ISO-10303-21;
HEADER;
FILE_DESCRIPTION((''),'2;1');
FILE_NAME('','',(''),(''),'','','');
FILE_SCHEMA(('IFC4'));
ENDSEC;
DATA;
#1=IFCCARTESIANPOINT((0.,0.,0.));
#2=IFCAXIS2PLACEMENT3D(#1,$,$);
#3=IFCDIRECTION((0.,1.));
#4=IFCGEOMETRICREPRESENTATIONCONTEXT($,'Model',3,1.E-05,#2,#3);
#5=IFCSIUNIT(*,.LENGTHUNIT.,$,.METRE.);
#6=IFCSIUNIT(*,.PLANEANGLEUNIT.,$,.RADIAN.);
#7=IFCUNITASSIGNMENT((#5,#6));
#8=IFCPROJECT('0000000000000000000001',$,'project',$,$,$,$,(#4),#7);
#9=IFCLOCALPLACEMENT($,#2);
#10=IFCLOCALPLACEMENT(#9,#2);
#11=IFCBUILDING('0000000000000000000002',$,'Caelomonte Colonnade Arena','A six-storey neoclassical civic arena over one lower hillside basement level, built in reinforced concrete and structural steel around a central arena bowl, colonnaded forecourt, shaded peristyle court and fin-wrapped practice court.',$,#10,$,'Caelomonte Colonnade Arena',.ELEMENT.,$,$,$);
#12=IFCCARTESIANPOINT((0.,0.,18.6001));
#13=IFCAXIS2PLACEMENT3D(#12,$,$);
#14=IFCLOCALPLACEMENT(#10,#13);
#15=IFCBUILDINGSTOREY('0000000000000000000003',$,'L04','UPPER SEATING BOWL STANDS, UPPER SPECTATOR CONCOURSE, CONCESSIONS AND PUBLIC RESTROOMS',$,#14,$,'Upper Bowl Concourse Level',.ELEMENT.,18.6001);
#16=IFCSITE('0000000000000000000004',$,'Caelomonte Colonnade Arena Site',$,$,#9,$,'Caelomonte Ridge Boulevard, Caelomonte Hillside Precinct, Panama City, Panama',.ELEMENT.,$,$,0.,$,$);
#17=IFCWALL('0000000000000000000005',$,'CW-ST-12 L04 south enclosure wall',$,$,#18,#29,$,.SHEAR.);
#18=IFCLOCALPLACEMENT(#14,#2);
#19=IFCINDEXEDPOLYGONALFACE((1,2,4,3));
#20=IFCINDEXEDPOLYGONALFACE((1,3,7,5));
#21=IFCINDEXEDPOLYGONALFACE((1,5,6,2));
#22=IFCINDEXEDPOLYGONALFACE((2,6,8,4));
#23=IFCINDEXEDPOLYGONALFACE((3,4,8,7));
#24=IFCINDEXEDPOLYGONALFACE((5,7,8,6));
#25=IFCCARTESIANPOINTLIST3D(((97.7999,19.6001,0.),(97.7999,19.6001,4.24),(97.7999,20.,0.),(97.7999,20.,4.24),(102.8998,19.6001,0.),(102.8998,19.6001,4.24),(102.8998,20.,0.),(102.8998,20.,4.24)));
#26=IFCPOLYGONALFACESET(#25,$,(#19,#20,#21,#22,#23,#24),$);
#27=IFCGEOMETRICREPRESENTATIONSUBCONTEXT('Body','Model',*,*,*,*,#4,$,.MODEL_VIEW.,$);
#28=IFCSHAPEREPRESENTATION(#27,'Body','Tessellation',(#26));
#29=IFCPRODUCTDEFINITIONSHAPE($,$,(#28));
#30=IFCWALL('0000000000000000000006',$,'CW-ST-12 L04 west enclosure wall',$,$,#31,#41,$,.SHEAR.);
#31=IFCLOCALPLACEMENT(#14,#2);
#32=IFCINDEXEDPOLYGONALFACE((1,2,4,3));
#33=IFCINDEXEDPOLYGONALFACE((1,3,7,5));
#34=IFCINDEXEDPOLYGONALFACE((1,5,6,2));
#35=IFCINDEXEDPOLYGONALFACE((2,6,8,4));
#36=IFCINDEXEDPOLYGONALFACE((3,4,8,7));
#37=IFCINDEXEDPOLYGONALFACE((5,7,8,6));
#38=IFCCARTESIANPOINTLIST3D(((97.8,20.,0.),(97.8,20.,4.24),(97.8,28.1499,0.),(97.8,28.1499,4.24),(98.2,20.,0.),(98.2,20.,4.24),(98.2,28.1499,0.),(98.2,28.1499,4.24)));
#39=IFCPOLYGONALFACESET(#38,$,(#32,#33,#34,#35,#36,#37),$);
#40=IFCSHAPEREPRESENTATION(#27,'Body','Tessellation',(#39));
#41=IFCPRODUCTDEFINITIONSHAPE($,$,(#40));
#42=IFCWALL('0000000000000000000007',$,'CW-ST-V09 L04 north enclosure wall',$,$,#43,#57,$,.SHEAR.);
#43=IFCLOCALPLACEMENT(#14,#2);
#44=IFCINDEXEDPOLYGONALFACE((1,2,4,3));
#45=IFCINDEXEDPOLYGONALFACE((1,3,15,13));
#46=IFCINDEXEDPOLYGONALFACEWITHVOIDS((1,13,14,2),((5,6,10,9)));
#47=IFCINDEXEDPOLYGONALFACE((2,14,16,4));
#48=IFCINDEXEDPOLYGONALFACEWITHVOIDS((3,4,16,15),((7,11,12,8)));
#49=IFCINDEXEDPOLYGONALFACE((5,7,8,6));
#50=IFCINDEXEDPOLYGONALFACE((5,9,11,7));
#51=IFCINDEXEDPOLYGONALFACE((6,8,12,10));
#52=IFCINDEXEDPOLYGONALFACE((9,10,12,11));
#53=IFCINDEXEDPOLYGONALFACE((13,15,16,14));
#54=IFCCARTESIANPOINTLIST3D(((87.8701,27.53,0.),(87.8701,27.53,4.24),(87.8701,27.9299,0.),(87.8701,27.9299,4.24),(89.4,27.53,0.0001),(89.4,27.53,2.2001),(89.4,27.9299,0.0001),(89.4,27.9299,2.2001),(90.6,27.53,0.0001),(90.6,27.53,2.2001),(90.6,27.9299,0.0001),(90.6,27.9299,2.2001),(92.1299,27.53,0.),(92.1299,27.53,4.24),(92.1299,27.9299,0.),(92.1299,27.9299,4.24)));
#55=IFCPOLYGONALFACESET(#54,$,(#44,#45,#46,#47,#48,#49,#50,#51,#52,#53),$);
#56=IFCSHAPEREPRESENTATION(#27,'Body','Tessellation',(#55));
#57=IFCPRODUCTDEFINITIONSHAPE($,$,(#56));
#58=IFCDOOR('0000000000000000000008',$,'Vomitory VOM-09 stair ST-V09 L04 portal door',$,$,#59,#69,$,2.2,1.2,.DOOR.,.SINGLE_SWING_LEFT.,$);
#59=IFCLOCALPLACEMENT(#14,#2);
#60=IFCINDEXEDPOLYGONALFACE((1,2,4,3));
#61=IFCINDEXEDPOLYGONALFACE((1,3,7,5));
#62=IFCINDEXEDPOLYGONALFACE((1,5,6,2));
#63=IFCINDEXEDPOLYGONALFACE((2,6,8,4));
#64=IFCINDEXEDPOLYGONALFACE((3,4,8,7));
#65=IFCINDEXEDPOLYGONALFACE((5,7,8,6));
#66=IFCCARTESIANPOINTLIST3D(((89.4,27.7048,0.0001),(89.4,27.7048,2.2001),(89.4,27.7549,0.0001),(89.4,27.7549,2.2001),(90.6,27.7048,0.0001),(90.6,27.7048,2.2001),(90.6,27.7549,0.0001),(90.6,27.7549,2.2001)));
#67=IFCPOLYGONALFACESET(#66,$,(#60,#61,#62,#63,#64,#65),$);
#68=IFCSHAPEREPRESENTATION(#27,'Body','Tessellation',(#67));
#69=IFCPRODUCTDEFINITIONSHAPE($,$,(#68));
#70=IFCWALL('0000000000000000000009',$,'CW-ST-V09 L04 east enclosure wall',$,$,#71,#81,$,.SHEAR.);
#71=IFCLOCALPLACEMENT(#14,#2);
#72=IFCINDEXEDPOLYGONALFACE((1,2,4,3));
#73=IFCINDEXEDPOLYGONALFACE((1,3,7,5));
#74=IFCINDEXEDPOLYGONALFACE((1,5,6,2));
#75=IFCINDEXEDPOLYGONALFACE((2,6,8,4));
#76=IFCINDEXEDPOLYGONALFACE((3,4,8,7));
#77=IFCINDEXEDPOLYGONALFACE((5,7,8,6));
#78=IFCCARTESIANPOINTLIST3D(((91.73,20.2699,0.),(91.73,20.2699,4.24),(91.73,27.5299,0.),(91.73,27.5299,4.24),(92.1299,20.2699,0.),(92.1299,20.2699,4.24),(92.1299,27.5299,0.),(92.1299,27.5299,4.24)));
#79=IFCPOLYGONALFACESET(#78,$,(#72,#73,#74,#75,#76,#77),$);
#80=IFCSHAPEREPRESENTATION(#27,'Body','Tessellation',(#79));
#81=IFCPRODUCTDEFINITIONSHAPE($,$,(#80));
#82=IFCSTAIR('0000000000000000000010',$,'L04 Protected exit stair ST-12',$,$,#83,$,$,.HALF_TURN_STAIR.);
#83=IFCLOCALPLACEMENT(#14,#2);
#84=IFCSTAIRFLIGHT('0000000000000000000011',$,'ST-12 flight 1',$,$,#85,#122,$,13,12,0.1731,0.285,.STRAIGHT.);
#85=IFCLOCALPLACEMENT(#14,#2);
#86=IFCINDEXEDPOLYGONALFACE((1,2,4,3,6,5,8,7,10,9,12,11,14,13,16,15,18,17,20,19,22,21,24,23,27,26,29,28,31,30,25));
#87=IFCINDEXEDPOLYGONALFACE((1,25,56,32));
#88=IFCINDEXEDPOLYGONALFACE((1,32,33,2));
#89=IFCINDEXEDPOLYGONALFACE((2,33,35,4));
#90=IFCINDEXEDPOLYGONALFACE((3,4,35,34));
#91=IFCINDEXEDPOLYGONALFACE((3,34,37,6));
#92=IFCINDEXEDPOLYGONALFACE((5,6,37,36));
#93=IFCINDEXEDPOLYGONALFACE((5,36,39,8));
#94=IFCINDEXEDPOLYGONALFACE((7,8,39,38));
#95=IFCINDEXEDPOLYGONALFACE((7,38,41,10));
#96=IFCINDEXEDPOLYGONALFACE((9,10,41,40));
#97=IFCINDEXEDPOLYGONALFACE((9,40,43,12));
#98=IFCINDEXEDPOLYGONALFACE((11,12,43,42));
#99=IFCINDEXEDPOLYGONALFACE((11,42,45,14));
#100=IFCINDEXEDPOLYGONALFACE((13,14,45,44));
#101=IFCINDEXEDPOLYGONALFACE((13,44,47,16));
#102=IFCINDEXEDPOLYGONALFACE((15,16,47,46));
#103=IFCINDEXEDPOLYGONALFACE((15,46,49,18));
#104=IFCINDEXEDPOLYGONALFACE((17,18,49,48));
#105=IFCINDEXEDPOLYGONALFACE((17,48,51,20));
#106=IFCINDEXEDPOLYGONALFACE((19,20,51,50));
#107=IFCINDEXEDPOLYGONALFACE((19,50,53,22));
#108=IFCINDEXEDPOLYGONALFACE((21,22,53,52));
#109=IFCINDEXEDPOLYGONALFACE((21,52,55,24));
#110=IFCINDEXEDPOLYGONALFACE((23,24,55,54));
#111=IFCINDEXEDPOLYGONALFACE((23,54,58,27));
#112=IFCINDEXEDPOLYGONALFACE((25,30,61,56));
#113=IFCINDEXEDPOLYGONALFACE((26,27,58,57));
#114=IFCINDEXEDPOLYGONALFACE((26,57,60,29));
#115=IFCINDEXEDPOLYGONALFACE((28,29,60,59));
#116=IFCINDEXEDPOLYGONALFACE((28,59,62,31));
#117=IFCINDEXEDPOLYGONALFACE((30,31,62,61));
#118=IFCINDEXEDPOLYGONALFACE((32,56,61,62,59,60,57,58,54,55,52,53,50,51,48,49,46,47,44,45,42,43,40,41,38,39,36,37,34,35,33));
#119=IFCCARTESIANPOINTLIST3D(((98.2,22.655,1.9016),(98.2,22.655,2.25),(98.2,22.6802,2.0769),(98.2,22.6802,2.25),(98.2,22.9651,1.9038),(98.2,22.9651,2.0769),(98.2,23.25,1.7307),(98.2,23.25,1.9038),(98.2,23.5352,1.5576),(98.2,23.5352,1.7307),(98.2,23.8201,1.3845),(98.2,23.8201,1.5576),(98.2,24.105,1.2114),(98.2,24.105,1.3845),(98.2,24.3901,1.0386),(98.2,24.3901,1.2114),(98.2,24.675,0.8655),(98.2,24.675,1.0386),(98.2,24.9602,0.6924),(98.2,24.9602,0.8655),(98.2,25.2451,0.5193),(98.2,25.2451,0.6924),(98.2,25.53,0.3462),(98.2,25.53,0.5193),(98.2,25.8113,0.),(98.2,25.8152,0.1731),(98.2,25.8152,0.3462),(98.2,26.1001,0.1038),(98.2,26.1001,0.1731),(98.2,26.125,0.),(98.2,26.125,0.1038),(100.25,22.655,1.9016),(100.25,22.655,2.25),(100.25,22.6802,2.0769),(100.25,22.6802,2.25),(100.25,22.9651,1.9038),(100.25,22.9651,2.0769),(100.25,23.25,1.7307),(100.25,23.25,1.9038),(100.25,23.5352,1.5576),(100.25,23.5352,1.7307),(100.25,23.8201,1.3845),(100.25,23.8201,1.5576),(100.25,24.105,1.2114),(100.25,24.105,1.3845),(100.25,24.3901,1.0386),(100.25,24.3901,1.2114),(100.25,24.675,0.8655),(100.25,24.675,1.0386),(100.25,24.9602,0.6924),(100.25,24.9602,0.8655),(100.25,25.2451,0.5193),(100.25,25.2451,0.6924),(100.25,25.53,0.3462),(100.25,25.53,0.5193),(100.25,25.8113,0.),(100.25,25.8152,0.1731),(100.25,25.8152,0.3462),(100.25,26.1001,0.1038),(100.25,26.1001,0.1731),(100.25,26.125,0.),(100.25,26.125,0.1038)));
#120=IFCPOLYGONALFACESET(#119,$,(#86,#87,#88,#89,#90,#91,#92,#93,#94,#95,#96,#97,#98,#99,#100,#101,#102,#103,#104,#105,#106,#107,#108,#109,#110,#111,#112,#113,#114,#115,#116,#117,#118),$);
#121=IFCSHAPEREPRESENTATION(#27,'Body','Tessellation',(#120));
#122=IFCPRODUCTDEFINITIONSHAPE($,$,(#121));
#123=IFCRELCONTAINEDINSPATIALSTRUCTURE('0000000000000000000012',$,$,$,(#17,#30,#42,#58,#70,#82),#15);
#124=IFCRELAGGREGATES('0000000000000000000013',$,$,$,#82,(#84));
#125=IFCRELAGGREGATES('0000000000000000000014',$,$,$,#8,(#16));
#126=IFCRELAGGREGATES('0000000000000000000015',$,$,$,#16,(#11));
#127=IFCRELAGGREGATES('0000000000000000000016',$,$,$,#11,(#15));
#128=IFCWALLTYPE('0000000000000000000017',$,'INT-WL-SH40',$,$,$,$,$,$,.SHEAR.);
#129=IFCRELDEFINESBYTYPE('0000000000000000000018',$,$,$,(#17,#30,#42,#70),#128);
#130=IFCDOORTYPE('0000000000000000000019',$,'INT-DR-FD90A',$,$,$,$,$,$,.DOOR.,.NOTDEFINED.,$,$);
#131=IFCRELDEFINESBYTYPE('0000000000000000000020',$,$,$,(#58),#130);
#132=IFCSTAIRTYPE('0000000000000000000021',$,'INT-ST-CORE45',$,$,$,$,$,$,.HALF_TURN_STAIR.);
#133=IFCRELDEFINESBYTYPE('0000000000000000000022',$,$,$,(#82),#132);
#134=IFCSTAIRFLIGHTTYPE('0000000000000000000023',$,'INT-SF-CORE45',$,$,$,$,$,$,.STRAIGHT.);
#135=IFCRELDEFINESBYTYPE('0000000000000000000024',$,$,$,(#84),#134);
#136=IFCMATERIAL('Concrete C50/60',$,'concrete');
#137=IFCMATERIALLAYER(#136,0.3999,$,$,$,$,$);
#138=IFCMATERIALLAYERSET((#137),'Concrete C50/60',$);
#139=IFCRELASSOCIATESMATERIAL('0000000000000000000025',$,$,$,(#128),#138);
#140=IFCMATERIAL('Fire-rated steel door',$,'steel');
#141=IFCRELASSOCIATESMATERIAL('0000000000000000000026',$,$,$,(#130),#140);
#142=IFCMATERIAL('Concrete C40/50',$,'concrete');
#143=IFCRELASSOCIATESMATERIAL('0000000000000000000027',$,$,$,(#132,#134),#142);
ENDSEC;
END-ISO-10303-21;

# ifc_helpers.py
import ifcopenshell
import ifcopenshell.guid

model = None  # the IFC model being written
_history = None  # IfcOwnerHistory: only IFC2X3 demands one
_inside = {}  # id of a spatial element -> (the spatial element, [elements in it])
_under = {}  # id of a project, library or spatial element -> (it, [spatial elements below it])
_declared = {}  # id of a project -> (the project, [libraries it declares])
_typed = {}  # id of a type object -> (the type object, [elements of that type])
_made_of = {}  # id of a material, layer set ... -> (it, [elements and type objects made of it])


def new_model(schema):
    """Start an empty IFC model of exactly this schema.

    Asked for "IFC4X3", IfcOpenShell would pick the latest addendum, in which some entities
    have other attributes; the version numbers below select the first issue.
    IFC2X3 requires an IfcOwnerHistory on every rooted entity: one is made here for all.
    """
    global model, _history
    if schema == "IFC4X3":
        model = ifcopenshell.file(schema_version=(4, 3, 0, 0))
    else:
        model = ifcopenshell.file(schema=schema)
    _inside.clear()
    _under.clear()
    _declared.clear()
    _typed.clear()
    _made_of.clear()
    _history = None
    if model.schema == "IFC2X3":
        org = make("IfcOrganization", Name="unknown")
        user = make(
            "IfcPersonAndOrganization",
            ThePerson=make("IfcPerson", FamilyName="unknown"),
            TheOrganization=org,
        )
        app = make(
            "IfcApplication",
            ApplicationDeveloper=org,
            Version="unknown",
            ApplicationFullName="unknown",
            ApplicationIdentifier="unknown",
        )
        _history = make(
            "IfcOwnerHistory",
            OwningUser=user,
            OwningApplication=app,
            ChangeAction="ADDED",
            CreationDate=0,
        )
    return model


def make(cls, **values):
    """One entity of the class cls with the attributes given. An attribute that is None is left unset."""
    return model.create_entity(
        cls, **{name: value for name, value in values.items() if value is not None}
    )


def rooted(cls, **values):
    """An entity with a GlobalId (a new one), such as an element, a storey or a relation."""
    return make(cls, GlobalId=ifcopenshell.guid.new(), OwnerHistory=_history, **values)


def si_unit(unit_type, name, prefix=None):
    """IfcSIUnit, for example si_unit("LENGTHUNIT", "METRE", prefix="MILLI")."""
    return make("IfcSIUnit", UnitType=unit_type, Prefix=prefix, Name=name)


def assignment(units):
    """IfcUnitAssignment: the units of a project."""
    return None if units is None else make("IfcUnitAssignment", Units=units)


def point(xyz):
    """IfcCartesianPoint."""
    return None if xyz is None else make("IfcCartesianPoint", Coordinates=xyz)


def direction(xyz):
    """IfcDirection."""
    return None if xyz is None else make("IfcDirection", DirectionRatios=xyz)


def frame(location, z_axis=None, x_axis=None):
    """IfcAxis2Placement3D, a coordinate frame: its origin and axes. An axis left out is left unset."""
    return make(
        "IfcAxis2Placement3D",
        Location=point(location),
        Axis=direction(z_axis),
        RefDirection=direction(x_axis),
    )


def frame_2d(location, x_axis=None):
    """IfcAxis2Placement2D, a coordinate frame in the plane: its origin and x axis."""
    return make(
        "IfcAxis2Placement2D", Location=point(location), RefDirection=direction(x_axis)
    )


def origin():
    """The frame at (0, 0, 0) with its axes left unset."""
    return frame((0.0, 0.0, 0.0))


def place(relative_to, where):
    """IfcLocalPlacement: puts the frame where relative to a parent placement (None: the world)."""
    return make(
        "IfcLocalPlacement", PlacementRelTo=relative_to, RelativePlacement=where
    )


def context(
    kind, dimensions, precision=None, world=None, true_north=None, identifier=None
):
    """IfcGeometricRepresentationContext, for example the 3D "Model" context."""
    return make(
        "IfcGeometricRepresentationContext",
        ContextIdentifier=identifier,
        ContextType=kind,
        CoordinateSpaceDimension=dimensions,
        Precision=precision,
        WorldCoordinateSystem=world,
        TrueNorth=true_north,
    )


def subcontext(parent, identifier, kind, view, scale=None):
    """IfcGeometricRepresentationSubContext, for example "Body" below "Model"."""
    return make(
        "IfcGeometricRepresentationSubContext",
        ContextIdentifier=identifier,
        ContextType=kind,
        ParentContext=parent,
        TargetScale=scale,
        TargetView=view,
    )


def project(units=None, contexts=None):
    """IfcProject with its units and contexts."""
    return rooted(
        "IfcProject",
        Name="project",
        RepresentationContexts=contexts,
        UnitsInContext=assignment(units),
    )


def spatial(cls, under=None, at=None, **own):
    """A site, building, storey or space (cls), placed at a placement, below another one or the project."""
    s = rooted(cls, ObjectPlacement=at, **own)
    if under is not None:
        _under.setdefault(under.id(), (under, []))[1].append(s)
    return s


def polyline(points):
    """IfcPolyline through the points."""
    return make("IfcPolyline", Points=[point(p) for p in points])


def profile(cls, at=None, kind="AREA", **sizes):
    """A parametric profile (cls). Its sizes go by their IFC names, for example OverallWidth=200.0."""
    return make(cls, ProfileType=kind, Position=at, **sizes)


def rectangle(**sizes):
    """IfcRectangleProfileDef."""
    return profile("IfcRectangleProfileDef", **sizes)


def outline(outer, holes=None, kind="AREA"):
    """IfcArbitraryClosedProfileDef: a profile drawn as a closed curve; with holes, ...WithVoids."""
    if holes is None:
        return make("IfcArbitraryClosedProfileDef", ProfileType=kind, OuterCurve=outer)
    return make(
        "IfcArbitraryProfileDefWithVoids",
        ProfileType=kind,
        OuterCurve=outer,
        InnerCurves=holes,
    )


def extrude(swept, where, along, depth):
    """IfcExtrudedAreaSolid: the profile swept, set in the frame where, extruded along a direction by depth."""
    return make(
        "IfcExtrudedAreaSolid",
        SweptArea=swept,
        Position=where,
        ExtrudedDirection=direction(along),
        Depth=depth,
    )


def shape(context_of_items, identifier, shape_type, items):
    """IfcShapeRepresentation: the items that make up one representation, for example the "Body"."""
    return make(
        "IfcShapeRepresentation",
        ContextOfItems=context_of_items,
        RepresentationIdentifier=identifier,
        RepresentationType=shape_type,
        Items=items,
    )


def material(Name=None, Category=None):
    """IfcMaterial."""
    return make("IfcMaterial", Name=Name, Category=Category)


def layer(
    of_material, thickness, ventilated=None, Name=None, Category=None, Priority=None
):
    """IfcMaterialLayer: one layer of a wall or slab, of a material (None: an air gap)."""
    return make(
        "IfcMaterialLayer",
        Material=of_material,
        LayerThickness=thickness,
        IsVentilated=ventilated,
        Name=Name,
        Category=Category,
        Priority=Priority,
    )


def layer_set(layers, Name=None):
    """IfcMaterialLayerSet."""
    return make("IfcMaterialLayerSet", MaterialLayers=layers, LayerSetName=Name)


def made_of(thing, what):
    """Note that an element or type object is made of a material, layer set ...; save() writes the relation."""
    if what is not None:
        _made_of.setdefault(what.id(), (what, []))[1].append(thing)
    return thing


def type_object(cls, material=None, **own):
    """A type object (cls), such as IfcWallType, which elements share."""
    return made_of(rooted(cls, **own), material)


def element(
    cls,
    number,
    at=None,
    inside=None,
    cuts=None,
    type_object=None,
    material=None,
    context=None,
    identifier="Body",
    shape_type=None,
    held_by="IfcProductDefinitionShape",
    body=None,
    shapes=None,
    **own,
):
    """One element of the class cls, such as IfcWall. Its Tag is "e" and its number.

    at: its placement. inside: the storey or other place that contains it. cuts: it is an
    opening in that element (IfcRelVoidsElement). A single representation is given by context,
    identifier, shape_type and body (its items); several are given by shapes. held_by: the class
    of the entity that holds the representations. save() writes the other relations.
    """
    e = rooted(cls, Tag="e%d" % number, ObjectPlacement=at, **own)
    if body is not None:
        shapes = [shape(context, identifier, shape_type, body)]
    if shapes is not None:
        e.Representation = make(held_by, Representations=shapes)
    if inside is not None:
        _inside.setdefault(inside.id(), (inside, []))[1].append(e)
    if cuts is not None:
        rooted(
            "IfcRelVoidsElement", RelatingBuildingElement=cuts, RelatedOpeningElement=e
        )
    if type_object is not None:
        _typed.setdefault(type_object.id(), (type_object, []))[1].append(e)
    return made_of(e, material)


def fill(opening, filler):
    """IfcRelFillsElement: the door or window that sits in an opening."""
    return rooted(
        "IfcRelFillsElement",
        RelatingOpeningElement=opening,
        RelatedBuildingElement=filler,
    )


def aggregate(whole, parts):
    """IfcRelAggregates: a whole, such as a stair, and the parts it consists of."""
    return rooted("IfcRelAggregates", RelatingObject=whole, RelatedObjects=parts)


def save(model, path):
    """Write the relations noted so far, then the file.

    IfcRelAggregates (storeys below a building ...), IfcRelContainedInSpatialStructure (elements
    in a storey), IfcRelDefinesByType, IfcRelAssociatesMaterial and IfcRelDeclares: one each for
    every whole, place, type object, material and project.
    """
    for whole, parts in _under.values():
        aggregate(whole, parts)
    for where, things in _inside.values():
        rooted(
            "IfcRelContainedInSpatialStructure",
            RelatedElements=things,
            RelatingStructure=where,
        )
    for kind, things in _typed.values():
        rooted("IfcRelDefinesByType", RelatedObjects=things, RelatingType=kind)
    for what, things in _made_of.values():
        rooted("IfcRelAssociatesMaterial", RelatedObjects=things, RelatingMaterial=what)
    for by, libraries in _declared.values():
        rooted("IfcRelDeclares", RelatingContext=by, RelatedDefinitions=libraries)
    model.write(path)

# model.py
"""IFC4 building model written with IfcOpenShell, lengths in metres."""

from ifc_helpers import new_model, si_unit, direction, frame, frame_2d, origin, place, context, subcontext, project, spatial, polyline, rectangle, outline, extrude, material, layer, layer_set, type_object, element, fill, aggregate, save


model = new_model("IFC4")

# Units and contexts
model_context = context("Model", 3, precision=1e-05, world=origin(), true_north=direction((0.0, 1.0)))
body_context = subcontext(model_context, "Body", "Model", "MODEL_VIEW")
ifc_project = project(units=[si_unit("LENGTHUNIT", "METRE"), si_unit("PLANEANGLEUNIT", "RADIAN")], contexts=[model_context])

# Site, building, storey
site_placement = place(None, origin())
site = spatial("IfcSite", under=ifc_project, at=site_placement, Name="Caelomonte Colonnade Arena Site", LongName="Caelomonte Ridge Boulevard, Caelomonte Hillside Precinct, Panama City, Panama", CompositionType="ELEMENT", RefElevation=0.0)
building_placement = place(site_placement, origin())
building = spatial("IfcBuilding", under=site, at=building_placement, Name="Caelomonte Colonnade Arena", Description="A six-storey neoclassical civic arena over one lower hillside basement level, built in reinforced concrete and structural steel around a central arena bowl, colonnaded forecourt, shaded peristyle court and fin-wrapped practice court.", LongName="Caelomonte Colonnade Arena", CompositionType="ELEMENT")
storey_placement = place(building_placement, frame((0.0, 0.0, 18.6001)))
storey = spatial("IfcBuildingStorey", under=building, at=storey_placement, Name="L04", Description="UPPER SEATING BOWL STANDS, UPPER SPECTATOR CONCOURSE, CONCESSIONS AND PUBLIC RESTROOMS", LongName="Upper Bowl Concourse Level", CompositionType="ELEMENT", Elevation=18.6001)

# Shared definitions
ifc_material_1 = material(Name="Concrete C40/50", Category="concrete")

# Walls
ifc_material_2 = material(Name="Concrete C50/60", Category="concrete")
ifc_layer_1 = layer(ifc_material_2, 0.3999)
ifc_layer_set_1 = layer_set([ifc_layer_1], Name="Concrete C50/60")
wall_type = type_object("IfcWallType", Name="INT-WL-SH40", PredefinedType="SHEAR", material=ifc_layer_set_1)
wall_1_placement = place(storey_placement, frame((97.8, 19.8, 0.0), z_axis=(0.0, 0.0, 1.0), x_axis=(1.0, 0.0, 0.0)))
element("IfcWall", 1, at=wall_1_placement, inside=storey, type_object=wall_type, Name="CW-ST-12 L04 south enclosure wall", PredefinedType="SHEAR", context=body_context, shape_type="SweptSolid", body=[
    extrude(rectangle(XDim=5.0999, YDim=0.3999, at=frame_2d((2.5498, 0.0))), origin(), (0.0, 0.0, 1.0), 4.24),
])
wall_2_placement = place(storey_placement, frame((98.0, 28.1499, 0.0), z_axis=(0.0, 0.0, 1.0), x_axis=(0.0, -1.0, 0.0)))
element("IfcWall", 2, at=wall_2_placement, inside=storey, type_object=wall_type, Name="CW-ST-12 L04 west enclosure wall", PredefinedType="SHEAR", context=body_context, shape_type="SweptSolid", body=[
    extrude(rectangle(XDim=8.1499, YDim=0.3999, at=frame_2d((4.075, 0.0))), origin(), (0.0, 0.0, 1.0), 4.24),
])

# Wall, opening, door
wall_3_placement = place(storey_placement, frame((92.1299, 27.73, 0.0), z_axis=(0.0, 0.0, 1.0), x_axis=(-1.0, 0.0, 0.0)))
wall_3 = element("IfcWall", 3, at=wall_3_placement, inside=storey, type_object=wall_type, Name="CW-ST-V09 L04 north enclosure wall", PredefinedType="SHEAR", context=body_context, shape_type="SweptSolid", body=[
    extrude(rectangle(XDim=4.2598, YDim=0.3999, at=frame_2d((2.1299, 0.0))), origin(), (0.0, 0.0, 1.0), 4.24),
])
opening_placement = place(wall_3_placement, frame((2.73, 0.0, 0.0), z_axis=(0.0, 0.0, 1.0), x_axis=(-1.0, 0.0, 0.0)))
opening = element("IfcOpeningElement", 4, at=opening_placement, cuts=wall_3, PredefinedType="OPENING", context=body_context, shape_type="SweptSolid", body=[
    extrude(rectangle(XDim=1.2, YDim=2.2, at=frame_2d((0.6001, 1.1001))), frame((0.0, 0.21, 0.0), z_axis=(0.0, -1.0, 0.0), x_axis=(1.0, 0.0, 0.0)), (0.0, 0.0, 1.0), 0.4199),
])
ifc_material_3 = material(Name="Fire-rated steel door", Category="steel")
door_type = type_object("IfcDoorType", Name="INT-DR-FD90A", OperationType="NOTDEFINED", PredefinedType="DOOR", material=ifc_material_3)
door_placement = place(opening_placement, origin())
door = element("IfcDoor", 5, at=door_placement, inside=storey, type_object=door_type, Name="Vomitory VOM-09 stair ST-V09 L04 portal door", OperationType="SINGLE_SWING_LEFT", OverallHeight=2.2, OverallWidth=1.2, PredefinedType="DOOR", context=body_context, shape_type="SweptSolid", body=[
    extrude(rectangle(XDim=1.2, YDim=2.2, at=frame_2d((0.6001, 1.1001))), frame((0.0, 0.0249, 0.0), z_axis=(0.0, -1.0, 0.0), x_axis=(1.0, 0.0, 0.0)), (0.0, 0.0, 1.0), 0.05),
])
fill(opening, door)

# Wall
wall_4_placement = place(storey_placement, frame((91.9299, 20.27, 0.0), z_axis=(0.0, 0.0, 1.0), x_axis=(0.0, 1.0, 0.0)))
element("IfcWall", 6, at=wall_4_placement, inside=storey, type_object=wall_type, Name="CW-ST-V09 L04 east enclosure wall", PredefinedType="SHEAR", context=body_context, shape_type="SweptSolid", body=[
    extrude(rectangle(XDim=7.26, YDim=0.3999, at=frame_2d((3.6299, 0.0))), origin(), (0.0, 0.0, 1.0), 4.24),
])

# Stair, stair flight
stair_type = type_object("IfcStairType", Name="INT-ST-CORE45", PredefinedType="HALF_TURN_STAIR", material=ifc_material_1)
stair_placement = place(storey_placement, origin())
stair = element("IfcStair", 7, at=stair_placement, inside=storey, type_object=stair_type, Name="L04 Protected exit stair ST-12", PredefinedType="HALF_TURN_STAIR")
stair_flight_type = type_object("IfcStairFlightType", Name="INT-SF-CORE45", PredefinedType="STRAIGHT", material=ifc_material_1)
stair_flight_placement = place(storey_placement, frame((99.2251, 26.1001, 0.0), z_axis=(0.0, 0.0, 1.0), x_axis=(0.0, -1.0, 0.0)))
stair_flight = element("IfcStairFlight", 8, at=stair_flight_placement, type_object=stair_flight_type, Name="ST-12 flight 1", NumberOfRisers=13, NumberOfTreads=12, PredefinedType="STRAIGHT", RiserHeight=0.1731, TreadLength=0.285, context=body_context, shape_type="SweptSolid", body=[
    extrude(outline(polyline([(-0.0249, 0.0), (-0.0249, 0.1038), (0.0, 0.1038), (0.0, 0.1731), (0.2849, 0.1731), (0.2849, 0.3462), (0.5701, 0.3462), (0.5701, 0.5193), (0.855, 0.5193), (0.855, 0.6924), (1.1399, 0.6924), (1.1399, 0.8655), (1.425, 0.8655), (1.425, 1.0386), (1.71, 1.0386), (1.71, 1.2114), (1.9951, 1.2114), (1.9951, 1.3845), (2.28, 1.3845), (2.28, 1.5576), (2.5649, 1.5576), (2.5649, 1.7307), (2.8501, 1.7307), (2.8501, 1.9038), (3.135, 1.9038), (3.135, 2.0769), (3.4199, 2.0769), (3.4199, 2.25), (3.4451, 2.25), (3.4451, 1.9016), (0.2888, 0.0), (-0.0249, 0.0)])), frame((0.0, 1.0249, 0.0), z_axis=(0.0, -1.0, 0.0), x_axis=(1.0, 0.0, 0.0)), (0.0, 0.0, 1.0), 2.05),
])
aggregate(stair, [stair_flight])

save(model, "model.ifc")
